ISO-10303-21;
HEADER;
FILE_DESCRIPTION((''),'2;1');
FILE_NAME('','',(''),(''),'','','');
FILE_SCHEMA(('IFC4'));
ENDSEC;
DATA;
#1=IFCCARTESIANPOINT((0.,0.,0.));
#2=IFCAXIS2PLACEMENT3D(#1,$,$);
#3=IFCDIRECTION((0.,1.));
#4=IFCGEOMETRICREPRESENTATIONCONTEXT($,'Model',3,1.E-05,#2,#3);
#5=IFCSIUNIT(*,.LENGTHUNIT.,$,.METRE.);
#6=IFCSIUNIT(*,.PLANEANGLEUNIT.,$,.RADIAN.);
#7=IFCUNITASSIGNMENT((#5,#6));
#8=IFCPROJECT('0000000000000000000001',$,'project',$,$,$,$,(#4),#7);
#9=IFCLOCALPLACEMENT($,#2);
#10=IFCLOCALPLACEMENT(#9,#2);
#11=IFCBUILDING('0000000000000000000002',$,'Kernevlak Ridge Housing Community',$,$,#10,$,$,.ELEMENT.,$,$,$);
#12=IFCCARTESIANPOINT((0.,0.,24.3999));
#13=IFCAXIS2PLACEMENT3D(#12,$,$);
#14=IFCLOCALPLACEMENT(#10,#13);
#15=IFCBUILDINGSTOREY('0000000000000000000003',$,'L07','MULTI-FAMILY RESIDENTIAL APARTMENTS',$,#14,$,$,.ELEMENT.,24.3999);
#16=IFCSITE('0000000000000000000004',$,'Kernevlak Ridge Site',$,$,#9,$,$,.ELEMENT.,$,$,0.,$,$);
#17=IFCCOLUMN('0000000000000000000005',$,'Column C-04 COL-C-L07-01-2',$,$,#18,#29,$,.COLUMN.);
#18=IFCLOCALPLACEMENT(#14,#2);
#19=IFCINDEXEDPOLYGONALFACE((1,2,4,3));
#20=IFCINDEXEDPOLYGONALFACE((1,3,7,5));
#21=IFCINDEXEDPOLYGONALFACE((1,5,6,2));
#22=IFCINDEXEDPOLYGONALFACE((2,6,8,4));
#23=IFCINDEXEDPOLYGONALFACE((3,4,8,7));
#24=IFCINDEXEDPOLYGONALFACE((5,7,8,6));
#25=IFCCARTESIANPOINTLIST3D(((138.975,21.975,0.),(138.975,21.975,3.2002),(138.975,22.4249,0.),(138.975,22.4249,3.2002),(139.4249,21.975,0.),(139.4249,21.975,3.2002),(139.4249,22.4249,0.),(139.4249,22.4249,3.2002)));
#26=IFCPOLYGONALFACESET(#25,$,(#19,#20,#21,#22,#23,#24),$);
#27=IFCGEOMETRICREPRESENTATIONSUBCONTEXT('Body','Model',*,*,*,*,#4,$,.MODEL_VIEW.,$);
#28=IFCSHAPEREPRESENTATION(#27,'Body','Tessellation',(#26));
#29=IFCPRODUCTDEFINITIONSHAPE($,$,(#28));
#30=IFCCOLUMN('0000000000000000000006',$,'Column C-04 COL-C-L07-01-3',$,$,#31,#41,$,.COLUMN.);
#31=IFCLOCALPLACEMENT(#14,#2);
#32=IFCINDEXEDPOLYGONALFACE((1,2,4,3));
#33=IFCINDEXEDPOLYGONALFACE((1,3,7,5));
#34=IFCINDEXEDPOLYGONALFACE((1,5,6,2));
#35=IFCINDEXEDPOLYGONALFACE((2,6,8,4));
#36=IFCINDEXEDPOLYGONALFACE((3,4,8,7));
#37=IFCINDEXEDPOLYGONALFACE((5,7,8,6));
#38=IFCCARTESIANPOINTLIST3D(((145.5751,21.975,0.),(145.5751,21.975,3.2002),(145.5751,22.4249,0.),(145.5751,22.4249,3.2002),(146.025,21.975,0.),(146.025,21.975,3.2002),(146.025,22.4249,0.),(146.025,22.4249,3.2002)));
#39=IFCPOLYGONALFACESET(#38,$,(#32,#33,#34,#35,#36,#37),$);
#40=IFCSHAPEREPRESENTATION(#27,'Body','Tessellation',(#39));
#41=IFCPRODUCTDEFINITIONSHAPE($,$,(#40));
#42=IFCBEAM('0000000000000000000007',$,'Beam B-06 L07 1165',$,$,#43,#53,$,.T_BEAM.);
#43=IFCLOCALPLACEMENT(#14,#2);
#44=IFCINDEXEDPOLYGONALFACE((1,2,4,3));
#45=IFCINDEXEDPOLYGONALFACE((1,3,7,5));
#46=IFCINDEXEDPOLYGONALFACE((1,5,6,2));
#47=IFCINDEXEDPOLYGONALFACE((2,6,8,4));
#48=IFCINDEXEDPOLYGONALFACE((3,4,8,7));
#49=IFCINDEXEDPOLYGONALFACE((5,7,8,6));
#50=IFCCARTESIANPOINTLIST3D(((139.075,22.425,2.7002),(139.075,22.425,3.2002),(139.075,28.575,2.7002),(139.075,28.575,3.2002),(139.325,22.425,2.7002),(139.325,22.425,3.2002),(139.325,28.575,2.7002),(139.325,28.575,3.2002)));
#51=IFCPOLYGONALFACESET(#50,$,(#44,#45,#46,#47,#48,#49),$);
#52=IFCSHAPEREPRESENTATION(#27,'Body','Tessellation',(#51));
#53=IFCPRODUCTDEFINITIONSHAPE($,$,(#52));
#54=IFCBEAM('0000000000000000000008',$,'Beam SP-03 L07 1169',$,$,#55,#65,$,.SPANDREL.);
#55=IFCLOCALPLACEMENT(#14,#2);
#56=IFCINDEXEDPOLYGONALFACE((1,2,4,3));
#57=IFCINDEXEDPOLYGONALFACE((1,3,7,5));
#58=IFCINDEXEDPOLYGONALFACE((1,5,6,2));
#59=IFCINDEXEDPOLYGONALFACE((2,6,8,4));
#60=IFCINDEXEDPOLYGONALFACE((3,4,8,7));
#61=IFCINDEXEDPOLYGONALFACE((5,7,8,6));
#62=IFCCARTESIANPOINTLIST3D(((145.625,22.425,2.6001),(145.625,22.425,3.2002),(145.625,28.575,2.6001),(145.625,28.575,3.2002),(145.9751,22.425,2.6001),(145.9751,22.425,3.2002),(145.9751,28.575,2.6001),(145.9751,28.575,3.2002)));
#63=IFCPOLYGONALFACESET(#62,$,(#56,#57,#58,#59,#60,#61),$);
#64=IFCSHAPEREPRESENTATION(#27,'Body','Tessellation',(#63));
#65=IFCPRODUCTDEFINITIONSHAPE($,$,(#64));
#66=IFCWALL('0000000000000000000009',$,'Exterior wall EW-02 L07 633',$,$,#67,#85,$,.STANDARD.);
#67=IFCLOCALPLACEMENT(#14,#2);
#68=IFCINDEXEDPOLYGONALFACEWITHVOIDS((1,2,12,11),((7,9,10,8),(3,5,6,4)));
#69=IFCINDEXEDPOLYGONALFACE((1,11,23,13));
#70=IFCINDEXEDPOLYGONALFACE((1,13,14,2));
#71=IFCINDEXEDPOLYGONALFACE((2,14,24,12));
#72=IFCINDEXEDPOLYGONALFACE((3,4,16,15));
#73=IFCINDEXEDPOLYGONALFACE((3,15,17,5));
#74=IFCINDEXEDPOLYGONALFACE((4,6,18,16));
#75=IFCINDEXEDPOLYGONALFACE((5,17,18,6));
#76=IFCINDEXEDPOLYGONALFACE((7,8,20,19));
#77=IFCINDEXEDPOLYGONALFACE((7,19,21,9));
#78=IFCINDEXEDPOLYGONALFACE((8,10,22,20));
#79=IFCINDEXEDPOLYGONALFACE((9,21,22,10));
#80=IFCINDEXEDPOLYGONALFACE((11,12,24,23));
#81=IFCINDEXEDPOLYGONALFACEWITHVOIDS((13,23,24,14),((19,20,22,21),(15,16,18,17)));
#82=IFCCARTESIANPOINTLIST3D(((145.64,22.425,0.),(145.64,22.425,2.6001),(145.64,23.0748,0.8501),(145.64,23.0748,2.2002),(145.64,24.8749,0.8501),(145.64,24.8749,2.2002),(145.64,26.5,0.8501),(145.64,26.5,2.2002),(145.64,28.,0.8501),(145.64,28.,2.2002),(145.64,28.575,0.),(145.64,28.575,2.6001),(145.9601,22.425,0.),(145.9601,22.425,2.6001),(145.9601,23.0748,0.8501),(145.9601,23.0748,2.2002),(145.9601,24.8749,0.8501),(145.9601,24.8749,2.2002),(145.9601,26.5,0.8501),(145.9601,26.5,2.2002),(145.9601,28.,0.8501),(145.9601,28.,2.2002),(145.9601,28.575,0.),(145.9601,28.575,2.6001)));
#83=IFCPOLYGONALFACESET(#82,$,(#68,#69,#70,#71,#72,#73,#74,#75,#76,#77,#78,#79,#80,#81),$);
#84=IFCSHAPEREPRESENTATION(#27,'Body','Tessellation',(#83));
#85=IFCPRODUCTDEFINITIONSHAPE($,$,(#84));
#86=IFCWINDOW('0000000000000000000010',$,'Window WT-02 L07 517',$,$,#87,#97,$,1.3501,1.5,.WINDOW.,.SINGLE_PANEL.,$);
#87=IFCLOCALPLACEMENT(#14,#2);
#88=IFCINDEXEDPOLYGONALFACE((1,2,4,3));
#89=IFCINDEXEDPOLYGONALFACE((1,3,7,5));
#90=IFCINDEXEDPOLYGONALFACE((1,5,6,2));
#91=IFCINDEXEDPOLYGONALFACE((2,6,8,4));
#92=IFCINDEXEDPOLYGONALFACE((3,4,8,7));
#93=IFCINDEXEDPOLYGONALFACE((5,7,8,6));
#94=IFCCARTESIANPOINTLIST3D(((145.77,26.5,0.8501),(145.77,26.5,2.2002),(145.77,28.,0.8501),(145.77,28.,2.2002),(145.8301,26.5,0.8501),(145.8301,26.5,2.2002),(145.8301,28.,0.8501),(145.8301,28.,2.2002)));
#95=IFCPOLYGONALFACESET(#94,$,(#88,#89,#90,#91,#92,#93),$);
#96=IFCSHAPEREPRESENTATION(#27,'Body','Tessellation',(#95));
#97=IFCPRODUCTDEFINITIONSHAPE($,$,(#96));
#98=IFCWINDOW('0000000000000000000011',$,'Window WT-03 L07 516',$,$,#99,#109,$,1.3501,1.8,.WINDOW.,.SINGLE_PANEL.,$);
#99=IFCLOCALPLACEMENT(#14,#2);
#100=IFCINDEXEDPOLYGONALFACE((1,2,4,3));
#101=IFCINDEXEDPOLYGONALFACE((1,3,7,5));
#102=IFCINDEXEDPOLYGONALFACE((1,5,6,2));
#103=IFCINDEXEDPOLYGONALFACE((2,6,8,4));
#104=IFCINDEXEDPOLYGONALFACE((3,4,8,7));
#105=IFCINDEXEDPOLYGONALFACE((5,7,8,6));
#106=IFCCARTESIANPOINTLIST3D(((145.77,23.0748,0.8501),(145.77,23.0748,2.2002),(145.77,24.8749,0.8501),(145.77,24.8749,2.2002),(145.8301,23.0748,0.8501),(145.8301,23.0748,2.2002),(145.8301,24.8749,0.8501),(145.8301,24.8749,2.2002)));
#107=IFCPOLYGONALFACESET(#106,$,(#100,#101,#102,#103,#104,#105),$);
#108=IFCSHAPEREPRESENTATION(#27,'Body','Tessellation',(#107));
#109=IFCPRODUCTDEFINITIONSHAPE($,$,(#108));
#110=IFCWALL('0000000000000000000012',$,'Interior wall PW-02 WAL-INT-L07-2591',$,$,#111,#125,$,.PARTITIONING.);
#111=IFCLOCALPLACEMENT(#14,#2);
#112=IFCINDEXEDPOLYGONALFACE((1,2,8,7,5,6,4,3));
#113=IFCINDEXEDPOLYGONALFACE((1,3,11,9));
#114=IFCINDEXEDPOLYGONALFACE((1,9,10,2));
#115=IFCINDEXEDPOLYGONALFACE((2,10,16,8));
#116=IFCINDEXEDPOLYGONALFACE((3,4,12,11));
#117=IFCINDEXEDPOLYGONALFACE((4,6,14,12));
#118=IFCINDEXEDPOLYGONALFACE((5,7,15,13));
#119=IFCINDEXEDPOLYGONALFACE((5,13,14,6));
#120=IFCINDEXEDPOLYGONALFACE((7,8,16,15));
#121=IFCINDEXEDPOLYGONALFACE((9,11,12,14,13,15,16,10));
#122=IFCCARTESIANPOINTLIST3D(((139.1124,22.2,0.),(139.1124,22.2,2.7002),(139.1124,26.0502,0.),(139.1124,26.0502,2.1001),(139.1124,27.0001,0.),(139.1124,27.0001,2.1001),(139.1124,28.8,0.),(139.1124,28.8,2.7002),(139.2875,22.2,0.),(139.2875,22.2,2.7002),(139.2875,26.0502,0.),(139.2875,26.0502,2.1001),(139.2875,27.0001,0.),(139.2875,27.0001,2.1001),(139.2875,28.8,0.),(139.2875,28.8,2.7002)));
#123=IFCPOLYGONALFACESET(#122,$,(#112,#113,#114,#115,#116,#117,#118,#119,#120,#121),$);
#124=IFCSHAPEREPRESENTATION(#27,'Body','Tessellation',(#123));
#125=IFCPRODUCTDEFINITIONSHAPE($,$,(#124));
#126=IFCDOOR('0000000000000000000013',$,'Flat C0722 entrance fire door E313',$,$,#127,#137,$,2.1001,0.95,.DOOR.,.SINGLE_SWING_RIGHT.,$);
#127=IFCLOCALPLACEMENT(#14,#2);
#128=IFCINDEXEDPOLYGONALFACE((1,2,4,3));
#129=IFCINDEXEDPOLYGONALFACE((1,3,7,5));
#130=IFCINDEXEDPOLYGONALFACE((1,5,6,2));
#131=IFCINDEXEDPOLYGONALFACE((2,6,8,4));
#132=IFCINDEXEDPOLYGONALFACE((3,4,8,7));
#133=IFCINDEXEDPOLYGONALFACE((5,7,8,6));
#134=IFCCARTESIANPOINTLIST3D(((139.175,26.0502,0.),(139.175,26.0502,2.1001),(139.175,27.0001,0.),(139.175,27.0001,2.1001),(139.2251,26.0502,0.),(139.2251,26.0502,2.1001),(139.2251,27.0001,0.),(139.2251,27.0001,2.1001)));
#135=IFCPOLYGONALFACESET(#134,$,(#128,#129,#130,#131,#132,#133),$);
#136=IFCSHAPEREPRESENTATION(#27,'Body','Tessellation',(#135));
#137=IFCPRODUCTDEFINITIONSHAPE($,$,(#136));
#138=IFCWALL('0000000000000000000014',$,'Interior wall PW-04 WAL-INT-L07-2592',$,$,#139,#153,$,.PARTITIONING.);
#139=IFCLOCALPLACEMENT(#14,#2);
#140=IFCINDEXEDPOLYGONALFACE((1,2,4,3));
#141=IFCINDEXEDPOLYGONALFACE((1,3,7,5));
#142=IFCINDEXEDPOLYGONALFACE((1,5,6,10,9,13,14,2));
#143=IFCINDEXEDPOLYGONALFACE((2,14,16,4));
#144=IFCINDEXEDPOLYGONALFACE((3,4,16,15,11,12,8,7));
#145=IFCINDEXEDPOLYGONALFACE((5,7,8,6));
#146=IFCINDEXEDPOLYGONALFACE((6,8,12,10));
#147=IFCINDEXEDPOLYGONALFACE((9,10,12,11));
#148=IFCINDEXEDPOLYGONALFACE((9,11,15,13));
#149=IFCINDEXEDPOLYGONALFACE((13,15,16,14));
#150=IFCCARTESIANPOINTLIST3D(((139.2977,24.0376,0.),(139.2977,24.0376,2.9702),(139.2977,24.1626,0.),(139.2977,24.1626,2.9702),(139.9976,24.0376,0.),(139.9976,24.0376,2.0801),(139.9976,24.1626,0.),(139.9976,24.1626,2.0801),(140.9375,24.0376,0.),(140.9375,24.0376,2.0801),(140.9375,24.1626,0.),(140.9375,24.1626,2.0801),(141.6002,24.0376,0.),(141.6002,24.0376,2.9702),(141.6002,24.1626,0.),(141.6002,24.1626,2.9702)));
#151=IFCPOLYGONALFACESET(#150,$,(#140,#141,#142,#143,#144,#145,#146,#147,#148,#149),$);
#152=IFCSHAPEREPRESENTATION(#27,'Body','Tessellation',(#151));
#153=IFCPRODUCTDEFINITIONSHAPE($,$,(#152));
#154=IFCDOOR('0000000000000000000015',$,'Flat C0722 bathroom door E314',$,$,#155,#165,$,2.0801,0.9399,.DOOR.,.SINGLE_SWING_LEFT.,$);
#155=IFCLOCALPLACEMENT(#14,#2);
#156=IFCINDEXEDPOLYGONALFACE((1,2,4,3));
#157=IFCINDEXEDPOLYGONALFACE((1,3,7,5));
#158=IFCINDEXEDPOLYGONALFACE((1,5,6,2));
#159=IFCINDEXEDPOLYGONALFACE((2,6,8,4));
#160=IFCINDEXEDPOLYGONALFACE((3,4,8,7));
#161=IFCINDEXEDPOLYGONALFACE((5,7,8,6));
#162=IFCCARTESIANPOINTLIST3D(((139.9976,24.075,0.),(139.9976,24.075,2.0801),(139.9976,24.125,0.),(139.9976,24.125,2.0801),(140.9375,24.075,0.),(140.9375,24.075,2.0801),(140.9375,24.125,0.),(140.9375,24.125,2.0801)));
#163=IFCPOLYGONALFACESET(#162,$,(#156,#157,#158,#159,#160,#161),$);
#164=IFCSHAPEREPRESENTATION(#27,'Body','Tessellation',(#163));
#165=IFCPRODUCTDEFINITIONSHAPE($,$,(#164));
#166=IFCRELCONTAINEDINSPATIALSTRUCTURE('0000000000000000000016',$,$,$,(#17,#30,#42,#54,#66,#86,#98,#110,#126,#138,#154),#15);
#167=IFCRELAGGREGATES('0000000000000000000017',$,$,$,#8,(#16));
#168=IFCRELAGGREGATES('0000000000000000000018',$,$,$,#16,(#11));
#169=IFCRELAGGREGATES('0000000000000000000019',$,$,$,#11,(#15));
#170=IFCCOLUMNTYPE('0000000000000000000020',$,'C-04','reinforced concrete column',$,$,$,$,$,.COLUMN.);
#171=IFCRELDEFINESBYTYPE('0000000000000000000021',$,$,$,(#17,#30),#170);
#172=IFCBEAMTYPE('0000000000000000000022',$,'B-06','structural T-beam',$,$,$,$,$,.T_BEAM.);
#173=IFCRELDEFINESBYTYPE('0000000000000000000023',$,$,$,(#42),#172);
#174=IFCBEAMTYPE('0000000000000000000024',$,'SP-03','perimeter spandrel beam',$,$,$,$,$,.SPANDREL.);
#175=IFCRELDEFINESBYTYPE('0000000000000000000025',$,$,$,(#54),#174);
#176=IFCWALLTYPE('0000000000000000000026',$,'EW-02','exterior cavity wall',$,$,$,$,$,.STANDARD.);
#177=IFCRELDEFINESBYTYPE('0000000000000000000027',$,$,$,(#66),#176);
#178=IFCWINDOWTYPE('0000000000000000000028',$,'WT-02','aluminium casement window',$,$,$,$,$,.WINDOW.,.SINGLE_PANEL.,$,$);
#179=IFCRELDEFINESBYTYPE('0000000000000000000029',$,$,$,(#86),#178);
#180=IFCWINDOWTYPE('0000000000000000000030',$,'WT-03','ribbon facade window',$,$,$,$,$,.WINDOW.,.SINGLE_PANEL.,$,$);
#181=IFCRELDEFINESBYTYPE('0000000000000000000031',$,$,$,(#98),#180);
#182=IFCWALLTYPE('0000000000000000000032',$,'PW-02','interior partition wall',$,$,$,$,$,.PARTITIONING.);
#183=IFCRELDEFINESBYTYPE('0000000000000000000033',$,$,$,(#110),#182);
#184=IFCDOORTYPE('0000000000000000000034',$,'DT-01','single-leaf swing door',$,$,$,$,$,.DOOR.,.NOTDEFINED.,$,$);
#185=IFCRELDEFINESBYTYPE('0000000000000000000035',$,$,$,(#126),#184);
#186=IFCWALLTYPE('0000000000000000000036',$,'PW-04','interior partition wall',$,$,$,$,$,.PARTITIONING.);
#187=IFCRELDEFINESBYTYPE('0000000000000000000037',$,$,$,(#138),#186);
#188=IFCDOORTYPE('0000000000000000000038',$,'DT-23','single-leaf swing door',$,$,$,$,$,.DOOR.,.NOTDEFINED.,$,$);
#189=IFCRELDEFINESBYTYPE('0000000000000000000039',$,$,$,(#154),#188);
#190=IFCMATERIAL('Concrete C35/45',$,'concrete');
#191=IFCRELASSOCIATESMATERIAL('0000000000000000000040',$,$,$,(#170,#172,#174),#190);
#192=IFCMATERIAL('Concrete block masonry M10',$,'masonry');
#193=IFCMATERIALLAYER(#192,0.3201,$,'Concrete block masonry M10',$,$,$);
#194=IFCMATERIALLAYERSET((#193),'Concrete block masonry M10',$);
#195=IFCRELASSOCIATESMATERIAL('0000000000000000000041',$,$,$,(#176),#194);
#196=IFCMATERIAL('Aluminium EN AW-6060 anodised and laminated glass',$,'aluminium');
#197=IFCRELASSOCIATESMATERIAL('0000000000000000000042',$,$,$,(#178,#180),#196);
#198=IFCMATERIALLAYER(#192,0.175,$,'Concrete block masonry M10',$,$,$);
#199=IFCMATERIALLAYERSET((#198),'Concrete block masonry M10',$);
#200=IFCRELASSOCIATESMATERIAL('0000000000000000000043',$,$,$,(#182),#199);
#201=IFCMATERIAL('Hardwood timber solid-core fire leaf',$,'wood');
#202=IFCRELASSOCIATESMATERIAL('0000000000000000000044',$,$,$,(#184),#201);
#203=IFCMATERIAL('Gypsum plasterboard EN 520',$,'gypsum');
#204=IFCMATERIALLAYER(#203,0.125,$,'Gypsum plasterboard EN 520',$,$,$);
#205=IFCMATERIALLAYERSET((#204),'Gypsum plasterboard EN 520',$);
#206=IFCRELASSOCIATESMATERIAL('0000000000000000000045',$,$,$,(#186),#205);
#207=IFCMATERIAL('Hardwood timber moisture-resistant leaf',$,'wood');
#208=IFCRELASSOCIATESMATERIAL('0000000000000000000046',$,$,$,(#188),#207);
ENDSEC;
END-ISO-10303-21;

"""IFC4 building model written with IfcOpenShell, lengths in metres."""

from ifc_helpers import new_model, si_unit, direction, frame, frame_2d, origin, origin_2d, place, context, subcontext, project, spatial, rectangle, extrude, material, layer, layer_set, material_profile, profile_set, type_object, element, fill, save


model = new_model("IFC4")

# Units and contexts
model_context = context("Model", 3, precision=1e-05, world=origin(), true_north=direction((0.0, 1.0)))
body_context = subcontext(model_context, "Body", "Model", "MODEL_VIEW")
ifc_project = project(units=[si_unit("LENGTHUNIT", "METRE"), si_unit("PLANEANGLEUNIT", "RADIAN")], contexts=[model_context])

# Site, building, storey
site_placement = place(None, origin())
site = spatial("IfcSite", under=ifc_project, at=site_placement, Name="Kernevlak Ridge Site", CompositionType="ELEMENT", RefElevation=0.0)
building_placement = place(site_placement, origin())
building = spatial("IfcBuilding", under=site, at=building_placement, Name="Kernevlak Ridge Housing Community", CompositionType="ELEMENT")
storey_placement = place(building_placement, frame((0.0, 0.0, 24.3999)))
storey = spatial("IfcBuildingStorey", under=building, at=storey_placement, Name="L07", Description="MULTI-FAMILY RESIDENTIAL APARTMENTS", CompositionType="ELEMENT", Elevation=24.3999)

# Columns
ifc_material_1 = material(Name="Concrete C35/45", Category="concrete")
ifc_material_profile_1 = material_profile(ifc_material_1, rectangle(XDim=0.45, YDim=0.45, at=origin_2d()), Name="RC 450x450")
ifc_profile_set_1 = profile_set([ifc_material_profile_1], Name="Concrete C35/45")
column_type = type_object("IfcColumnType", Name="C-04", Description="reinforced concrete column", PredefinedType="COLUMN", material=ifc_profile_set_1)
for number, where, z_axis, x_axis, name in (
    (1, (139.2, 22.2, 0.0), (0.0, 0.0, 1.0), (1.0, 0.0, 0.0), "Column C-04 COL-C-L07-01-2"),
    (2, (145.8, 22.2, 0.0), (0.0, 0.0, 1.0), (1.0, 0.0, 0.0), "Column C-04 COL-C-L07-01-3"),
):
    element("IfcColumn", number, at=place(storey_placement, frame(where, z_axis=z_axis, x_axis=x_axis)), inside=storey, type_object=column_type, Name=name, PredefinedType="COLUMN", context=body_context, shape_type="SweptSolid", body=[
        extrude(rectangle(XDim=0.45, YDim=0.45, at=origin_2d()), origin(), (0.0, 0.0, 1.0), 3.2002),
    ])

# Beams
ifc_material_profile_2 = material_profile(ifc_material_1, rectangle(XDim=0.25, YDim=0.5, at=origin_2d()), Name="RC 250x500")
ifc_profile_set_2 = profile_set([ifc_material_profile_2], Name="Concrete C35/45")
beam_type_1 = type_object("IfcBeamType", Name="B-06", Description="structural T-beam", PredefinedType="T_BEAM", material=ifc_profile_set_2)
beam_1_placement = place(storey_placement, frame((139.2, 22.425, 2.9502), z_axis=(0.0, 1.0, 0.0), x_axis=(-1.0, 0.0, 0.0)))
element("IfcBeam", 3, at=beam_1_placement, inside=storey, type_object=beam_type_1, Name="Beam B-06 L07 1165", PredefinedType="T_BEAM", context=body_context, shape_type="SweptSolid", body=[
    extrude(rectangle(XDim=0.25, YDim=0.5, at=origin_2d()), origin(), (0.0, 0.0, 1.0), 6.1499),
])
ifc_material_profile_3 = material_profile(ifc_material_1, rectangle(XDim=0.3501, YDim=0.6001, at=origin_2d()), Name="RC 350x600")
ifc_profile_set_3 = profile_set([ifc_material_profile_3], Name="Concrete C35/45")
beam_type_2 = type_object("IfcBeamType", Name="SP-03", Description="perimeter spandrel beam", PredefinedType="SPANDREL", material=ifc_profile_set_3)
beam_2_placement = place(storey_placement, frame((145.8, 22.425, 2.9001), z_axis=(0.0, 1.0, 0.0), x_axis=(-1.0, 0.0, 0.0)))
element("IfcBeam", 4, at=beam_2_placement, inside=storey, type_object=beam_type_2, Name="Beam SP-03 L07 1169", PredefinedType="SPANDREL", context=body_context, shape_type="SweptSolid", body=[
    extrude(rectangle(XDim=0.3501, YDim=0.6001, at=origin_2d()), origin(), (0.0, 0.0, 1.0), 6.1499),
])

# Wall, openings, windows
ifc_material_2 = material(Name="Concrete block masonry M10", Category="masonry")
ifc_layer_1 = layer(ifc_material_2, 0.3201, Name="Concrete block masonry M10")
ifc_layer_set_1 = layer_set([ifc_layer_1], Name="Concrete block masonry M10")
wall_type_1 = type_object("IfcWallType", Name="EW-02", Description="exterior cavity wall", PredefinedType="STANDARD", material=ifc_layer_set_1)
wall_1_placement = place(storey_placement, frame((145.8, 22.425, 0.0), z_axis=(0.0, 0.0, 1.0), x_axis=(0.0, 1.0, 0.0)))
wall_1 = element("IfcWall", 5, at=wall_1_placement, inside=storey, type_object=wall_type_1, Name="Exterior wall EW-02 L07 633", PredefinedType="STANDARD", context=body_context, shape_type="SweptSolid", body=[
    extrude(rectangle(XDim=6.1499, YDim=0.3201, at=frame_2d((3.075, 0.0))), origin(), (0.0, 0.0, 1.0), 2.6001),
])
opening_1_placement = place(wall_1_placement, frame((0.6499, 0.0, 0.8501)))
opening_1 = element("IfcOpeningElement", 6, at=opening_1_placement, cuts=wall_1, PredefinedType="OPENING", context=body_context, shape_type="SweptSolid", body=[
    extrude(rectangle(XDim=1.8, YDim=1.3501, at=frame_2d((0.8999, 0.675))), frame((0.0, 0.1699, 0.0), z_axis=(0.0, -1.0, 0.0), x_axis=(1.0, 0.0, 0.0)), (0.0, 0.0, 1.0), 0.3401),
])
opening_2_placement = place(wall_1_placement, frame((4.075, 0.0, 0.8501)))
opening_2 = element("IfcOpeningElement", 7, at=opening_2_placement, cuts=wall_1, PredefinedType="OPENING", context=body_context, shape_type="SweptSolid", body=[
    extrude(rectangle(XDim=1.5, YDim=1.3501, at=frame_2d((0.75, 0.675))), frame((0.0, 0.1699, 0.0), z_axis=(0.0, -1.0, 0.0), x_axis=(1.0, 0.0, 0.0)), (0.0, 0.0, 1.0), 0.3401),
])
ifc_material_3 = material(Name="Aluminium EN AW-6060 anodised and laminated glass", Category="aluminium")
window_type_1 = type_object("IfcWindowType", Name="WT-02", Description="aluminium casement window", PartitioningType="SINGLE_PANEL", PredefinedType="WINDOW", material=ifc_material_3)
window_1_placement = place(opening_2_placement, origin())
window_1 = element("IfcWindow", 8, at=window_1_placement, inside=storey, type_object=window_type_1, Name="Window WT-02 L07 517", OverallHeight=1.3501, OverallWidth=1.5, PartitioningType="SINGLE_PANEL", PredefinedType="WINDOW", context=body_context, shape_type="SweptSolid", body=[
    extrude(rectangle(XDim=1.5, YDim=1.3501, at=frame_2d((0.75, 0.675))), frame((0.0, 0.03, 0.0), z_axis=(0.0, -1.0, 0.0), x_axis=(1.0, 0.0, 0.0)), (0.0, 0.0, 1.0), 0.0601),
])
fill(opening_2, window_1)
window_type_2 = type_object("IfcWindowType", Name="WT-03", Description="ribbon facade window", PartitioningType="SINGLE_PANEL", PredefinedType="WINDOW", material=ifc_material_3)
window_2_placement = place(opening_1_placement, origin())
window_2 = element("IfcWindow", 9, at=window_2_placement, inside=storey, type_object=window_type_2, Name="Window WT-03 L07 516", OverallHeight=1.3501, OverallWidth=1.8, PartitioningType="SINGLE_PANEL", PredefinedType="WINDOW", context=body_context, shape_type="SweptSolid", body=[
    extrude(rectangle(XDim=1.8, YDim=1.3501, at=frame_2d((0.8999, 0.675))), frame((0.0, 0.03, 0.0), z_axis=(0.0, -1.0, 0.0), x_axis=(1.0, 0.0, 0.0)), (0.0, 0.0, 1.0), 0.0601),
])
fill(opening_1, window_2)

# Walls, openings, doors
ifc_layer_2 = layer(ifc_material_2, 0.175, Name="Concrete block masonry M10")
ifc_layer_set_2 = layer_set([ifc_layer_2], Name="Concrete block masonry M10")
wall_type_2 = type_object("IfcWallType", Name="PW-02", Description="interior partition wall", PredefinedType="PARTITIONING", material=ifc_layer_set_2)
wall_2_placement = place(storey_placement, frame((139.2, 22.2, 0.0), z_axis=(0.0, 0.0, 1.0), x_axis=(0.0, 1.0, 0.0)))
wall_2 = element("IfcWall", 10, at=wall_2_placement, inside=storey, type_object=wall_type_2, Name="Interior wall PW-02 WAL-INT-L07-2591", PredefinedType="PARTITIONING", context=body_context, shape_type="SweptSolid", body=[
    extrude(rectangle(XDim=6.6001, YDim=0.175, at=frame_2d((3.3, 0.0))), origin(), (0.0, 0.0, 1.0), 2.7002),
])
opening_3_placement = place(wall_2_placement, frame((3.8501, 0.0, 0.0)))
opening_3 = element("IfcOpeningElement", 11, at=opening_3_placement, cuts=wall_2, PredefinedType="OPENING", context=body_context, shape_type="SweptSolid", body=[
    extrude(rectangle(XDim=0.95, YDim=2.1001, at=frame_2d((0.4751, 1.05))), frame((0.0, 0.0974, 0.0), z_axis=(0.0, -1.0, 0.0), x_axis=(1.0, 0.0, 0.0)), (0.0, 0.0, 1.0), 0.1951),
])
ifc_material_4 = material(Name="Hardwood timber solid-core fire leaf", Category="wood")
door_type_1 = type_object("IfcDoorType", Name="DT-01", Description="single-leaf swing door", OperationType="NOTDEFINED", PredefinedType="DOOR", material=ifc_material_4)
door_1_placement = place(opening_3_placement, origin())
door_1 = element("IfcDoor", 12, at=door_1_placement, inside=storey, type_object=door_type_1, Name="Flat C0722 entrance fire door E313", OperationType="SINGLE_SWING_RIGHT", OverallHeight=2.1001, OverallWidth=0.95, PredefinedType="DOOR", context=body_context, shape_type="SweptSolid", body=[
    extrude(rectangle(XDim=0.95, YDim=2.1001, at=frame_2d((0.4751, 1.05))), frame((0.0, 0.0249, 0.0), z_axis=(0.0, -1.0, 0.0), x_axis=(1.0, 0.0, 0.0)), (0.0, 0.0, 1.0), 0.05),
])
fill(opening_3, door_1)
ifc_material_5 = material(Name="Gypsum plasterboard EN 520", Category="gypsum")
ifc_layer_3 = layer(ifc_material_5, 0.125, Name="Gypsum plasterboard EN 520")
ifc_layer_set_3 = layer_set([ifc_layer_3], Name="Gypsum plasterboard EN 520")
wall_type_3 = type_object("IfcWallType", Name="PW-04", Description="interior partition wall", PredefinedType="PARTITIONING", material=ifc_layer_set_3)
wall_3_placement = place(storey_placement, frame((139.2976, 24.1001, 0.0), z_axis=(0.0, 0.0, 1.0), x_axis=(1.0, 0.0, 0.0)))
wall_3 = element("IfcWall", 13, at=wall_3_placement, inside=storey, type_object=wall_type_3, Name="Interior wall PW-04 WAL-INT-L07-2592", PredefinedType="PARTITIONING", context=body_context, shape_type="SweptSolid", body=[
    extrude(rectangle(XDim=2.3025, YDim=0.125, at=frame_2d((1.1514, 0.0))), origin(), (0.0, 0.0, 1.0), 2.9702),
])
opening_4_placement = place(wall_3_placement, frame((0.7, 0.0, 0.0)))
opening_4 = element("IfcOpeningElement", 14, at=opening_4_placement, cuts=wall_3, PredefinedType="OPENING", context=body_context, shape_type="SweptSolid", body=[
    extrude(rectangle(XDim=0.9399, YDim=2.0801, at=frame_2d((0.47, 1.04))), frame((0.0, 0.0725, 0.0), z_axis=(0.0, -1.0, 0.0), x_axis=(1.0, 0.0, 0.0)), (0.0, 0.0, 1.0), 0.145),
])
ifc_material_6 = material(Name="Hardwood timber moisture-resistant leaf", Category="wood")
door_type_2 = type_object("IfcDoorType", Name="DT-23", Description="single-leaf swing door", OperationType="NOTDEFINED", PredefinedType="DOOR", material=ifc_material_6)
door_2_placement = place(opening_4_placement, origin())
door_2 = element("IfcDoor", 15, at=door_2_placement, inside=storey, type_object=door_type_2, Name="Flat C0722 bathroom door E314", OperationType="SINGLE_SWING_LEFT", OverallHeight=2.0801, OverallWidth=0.9399, PredefinedType="DOOR", context=body_context, shape_type="SweptSolid", body=[
    extrude(rectangle(XDim=0.9399, YDim=2.0801, at=frame_2d((0.47, 1.04))), frame((0.0, 0.0249, 0.0), z_axis=(0.0, -1.0, 0.0), x_axis=(1.0, 0.0, 0.0)), (0.0, 0.0, 1.0), 0.05),
])
fill(opening_4, door_2)

save(model, "model.ifc")
